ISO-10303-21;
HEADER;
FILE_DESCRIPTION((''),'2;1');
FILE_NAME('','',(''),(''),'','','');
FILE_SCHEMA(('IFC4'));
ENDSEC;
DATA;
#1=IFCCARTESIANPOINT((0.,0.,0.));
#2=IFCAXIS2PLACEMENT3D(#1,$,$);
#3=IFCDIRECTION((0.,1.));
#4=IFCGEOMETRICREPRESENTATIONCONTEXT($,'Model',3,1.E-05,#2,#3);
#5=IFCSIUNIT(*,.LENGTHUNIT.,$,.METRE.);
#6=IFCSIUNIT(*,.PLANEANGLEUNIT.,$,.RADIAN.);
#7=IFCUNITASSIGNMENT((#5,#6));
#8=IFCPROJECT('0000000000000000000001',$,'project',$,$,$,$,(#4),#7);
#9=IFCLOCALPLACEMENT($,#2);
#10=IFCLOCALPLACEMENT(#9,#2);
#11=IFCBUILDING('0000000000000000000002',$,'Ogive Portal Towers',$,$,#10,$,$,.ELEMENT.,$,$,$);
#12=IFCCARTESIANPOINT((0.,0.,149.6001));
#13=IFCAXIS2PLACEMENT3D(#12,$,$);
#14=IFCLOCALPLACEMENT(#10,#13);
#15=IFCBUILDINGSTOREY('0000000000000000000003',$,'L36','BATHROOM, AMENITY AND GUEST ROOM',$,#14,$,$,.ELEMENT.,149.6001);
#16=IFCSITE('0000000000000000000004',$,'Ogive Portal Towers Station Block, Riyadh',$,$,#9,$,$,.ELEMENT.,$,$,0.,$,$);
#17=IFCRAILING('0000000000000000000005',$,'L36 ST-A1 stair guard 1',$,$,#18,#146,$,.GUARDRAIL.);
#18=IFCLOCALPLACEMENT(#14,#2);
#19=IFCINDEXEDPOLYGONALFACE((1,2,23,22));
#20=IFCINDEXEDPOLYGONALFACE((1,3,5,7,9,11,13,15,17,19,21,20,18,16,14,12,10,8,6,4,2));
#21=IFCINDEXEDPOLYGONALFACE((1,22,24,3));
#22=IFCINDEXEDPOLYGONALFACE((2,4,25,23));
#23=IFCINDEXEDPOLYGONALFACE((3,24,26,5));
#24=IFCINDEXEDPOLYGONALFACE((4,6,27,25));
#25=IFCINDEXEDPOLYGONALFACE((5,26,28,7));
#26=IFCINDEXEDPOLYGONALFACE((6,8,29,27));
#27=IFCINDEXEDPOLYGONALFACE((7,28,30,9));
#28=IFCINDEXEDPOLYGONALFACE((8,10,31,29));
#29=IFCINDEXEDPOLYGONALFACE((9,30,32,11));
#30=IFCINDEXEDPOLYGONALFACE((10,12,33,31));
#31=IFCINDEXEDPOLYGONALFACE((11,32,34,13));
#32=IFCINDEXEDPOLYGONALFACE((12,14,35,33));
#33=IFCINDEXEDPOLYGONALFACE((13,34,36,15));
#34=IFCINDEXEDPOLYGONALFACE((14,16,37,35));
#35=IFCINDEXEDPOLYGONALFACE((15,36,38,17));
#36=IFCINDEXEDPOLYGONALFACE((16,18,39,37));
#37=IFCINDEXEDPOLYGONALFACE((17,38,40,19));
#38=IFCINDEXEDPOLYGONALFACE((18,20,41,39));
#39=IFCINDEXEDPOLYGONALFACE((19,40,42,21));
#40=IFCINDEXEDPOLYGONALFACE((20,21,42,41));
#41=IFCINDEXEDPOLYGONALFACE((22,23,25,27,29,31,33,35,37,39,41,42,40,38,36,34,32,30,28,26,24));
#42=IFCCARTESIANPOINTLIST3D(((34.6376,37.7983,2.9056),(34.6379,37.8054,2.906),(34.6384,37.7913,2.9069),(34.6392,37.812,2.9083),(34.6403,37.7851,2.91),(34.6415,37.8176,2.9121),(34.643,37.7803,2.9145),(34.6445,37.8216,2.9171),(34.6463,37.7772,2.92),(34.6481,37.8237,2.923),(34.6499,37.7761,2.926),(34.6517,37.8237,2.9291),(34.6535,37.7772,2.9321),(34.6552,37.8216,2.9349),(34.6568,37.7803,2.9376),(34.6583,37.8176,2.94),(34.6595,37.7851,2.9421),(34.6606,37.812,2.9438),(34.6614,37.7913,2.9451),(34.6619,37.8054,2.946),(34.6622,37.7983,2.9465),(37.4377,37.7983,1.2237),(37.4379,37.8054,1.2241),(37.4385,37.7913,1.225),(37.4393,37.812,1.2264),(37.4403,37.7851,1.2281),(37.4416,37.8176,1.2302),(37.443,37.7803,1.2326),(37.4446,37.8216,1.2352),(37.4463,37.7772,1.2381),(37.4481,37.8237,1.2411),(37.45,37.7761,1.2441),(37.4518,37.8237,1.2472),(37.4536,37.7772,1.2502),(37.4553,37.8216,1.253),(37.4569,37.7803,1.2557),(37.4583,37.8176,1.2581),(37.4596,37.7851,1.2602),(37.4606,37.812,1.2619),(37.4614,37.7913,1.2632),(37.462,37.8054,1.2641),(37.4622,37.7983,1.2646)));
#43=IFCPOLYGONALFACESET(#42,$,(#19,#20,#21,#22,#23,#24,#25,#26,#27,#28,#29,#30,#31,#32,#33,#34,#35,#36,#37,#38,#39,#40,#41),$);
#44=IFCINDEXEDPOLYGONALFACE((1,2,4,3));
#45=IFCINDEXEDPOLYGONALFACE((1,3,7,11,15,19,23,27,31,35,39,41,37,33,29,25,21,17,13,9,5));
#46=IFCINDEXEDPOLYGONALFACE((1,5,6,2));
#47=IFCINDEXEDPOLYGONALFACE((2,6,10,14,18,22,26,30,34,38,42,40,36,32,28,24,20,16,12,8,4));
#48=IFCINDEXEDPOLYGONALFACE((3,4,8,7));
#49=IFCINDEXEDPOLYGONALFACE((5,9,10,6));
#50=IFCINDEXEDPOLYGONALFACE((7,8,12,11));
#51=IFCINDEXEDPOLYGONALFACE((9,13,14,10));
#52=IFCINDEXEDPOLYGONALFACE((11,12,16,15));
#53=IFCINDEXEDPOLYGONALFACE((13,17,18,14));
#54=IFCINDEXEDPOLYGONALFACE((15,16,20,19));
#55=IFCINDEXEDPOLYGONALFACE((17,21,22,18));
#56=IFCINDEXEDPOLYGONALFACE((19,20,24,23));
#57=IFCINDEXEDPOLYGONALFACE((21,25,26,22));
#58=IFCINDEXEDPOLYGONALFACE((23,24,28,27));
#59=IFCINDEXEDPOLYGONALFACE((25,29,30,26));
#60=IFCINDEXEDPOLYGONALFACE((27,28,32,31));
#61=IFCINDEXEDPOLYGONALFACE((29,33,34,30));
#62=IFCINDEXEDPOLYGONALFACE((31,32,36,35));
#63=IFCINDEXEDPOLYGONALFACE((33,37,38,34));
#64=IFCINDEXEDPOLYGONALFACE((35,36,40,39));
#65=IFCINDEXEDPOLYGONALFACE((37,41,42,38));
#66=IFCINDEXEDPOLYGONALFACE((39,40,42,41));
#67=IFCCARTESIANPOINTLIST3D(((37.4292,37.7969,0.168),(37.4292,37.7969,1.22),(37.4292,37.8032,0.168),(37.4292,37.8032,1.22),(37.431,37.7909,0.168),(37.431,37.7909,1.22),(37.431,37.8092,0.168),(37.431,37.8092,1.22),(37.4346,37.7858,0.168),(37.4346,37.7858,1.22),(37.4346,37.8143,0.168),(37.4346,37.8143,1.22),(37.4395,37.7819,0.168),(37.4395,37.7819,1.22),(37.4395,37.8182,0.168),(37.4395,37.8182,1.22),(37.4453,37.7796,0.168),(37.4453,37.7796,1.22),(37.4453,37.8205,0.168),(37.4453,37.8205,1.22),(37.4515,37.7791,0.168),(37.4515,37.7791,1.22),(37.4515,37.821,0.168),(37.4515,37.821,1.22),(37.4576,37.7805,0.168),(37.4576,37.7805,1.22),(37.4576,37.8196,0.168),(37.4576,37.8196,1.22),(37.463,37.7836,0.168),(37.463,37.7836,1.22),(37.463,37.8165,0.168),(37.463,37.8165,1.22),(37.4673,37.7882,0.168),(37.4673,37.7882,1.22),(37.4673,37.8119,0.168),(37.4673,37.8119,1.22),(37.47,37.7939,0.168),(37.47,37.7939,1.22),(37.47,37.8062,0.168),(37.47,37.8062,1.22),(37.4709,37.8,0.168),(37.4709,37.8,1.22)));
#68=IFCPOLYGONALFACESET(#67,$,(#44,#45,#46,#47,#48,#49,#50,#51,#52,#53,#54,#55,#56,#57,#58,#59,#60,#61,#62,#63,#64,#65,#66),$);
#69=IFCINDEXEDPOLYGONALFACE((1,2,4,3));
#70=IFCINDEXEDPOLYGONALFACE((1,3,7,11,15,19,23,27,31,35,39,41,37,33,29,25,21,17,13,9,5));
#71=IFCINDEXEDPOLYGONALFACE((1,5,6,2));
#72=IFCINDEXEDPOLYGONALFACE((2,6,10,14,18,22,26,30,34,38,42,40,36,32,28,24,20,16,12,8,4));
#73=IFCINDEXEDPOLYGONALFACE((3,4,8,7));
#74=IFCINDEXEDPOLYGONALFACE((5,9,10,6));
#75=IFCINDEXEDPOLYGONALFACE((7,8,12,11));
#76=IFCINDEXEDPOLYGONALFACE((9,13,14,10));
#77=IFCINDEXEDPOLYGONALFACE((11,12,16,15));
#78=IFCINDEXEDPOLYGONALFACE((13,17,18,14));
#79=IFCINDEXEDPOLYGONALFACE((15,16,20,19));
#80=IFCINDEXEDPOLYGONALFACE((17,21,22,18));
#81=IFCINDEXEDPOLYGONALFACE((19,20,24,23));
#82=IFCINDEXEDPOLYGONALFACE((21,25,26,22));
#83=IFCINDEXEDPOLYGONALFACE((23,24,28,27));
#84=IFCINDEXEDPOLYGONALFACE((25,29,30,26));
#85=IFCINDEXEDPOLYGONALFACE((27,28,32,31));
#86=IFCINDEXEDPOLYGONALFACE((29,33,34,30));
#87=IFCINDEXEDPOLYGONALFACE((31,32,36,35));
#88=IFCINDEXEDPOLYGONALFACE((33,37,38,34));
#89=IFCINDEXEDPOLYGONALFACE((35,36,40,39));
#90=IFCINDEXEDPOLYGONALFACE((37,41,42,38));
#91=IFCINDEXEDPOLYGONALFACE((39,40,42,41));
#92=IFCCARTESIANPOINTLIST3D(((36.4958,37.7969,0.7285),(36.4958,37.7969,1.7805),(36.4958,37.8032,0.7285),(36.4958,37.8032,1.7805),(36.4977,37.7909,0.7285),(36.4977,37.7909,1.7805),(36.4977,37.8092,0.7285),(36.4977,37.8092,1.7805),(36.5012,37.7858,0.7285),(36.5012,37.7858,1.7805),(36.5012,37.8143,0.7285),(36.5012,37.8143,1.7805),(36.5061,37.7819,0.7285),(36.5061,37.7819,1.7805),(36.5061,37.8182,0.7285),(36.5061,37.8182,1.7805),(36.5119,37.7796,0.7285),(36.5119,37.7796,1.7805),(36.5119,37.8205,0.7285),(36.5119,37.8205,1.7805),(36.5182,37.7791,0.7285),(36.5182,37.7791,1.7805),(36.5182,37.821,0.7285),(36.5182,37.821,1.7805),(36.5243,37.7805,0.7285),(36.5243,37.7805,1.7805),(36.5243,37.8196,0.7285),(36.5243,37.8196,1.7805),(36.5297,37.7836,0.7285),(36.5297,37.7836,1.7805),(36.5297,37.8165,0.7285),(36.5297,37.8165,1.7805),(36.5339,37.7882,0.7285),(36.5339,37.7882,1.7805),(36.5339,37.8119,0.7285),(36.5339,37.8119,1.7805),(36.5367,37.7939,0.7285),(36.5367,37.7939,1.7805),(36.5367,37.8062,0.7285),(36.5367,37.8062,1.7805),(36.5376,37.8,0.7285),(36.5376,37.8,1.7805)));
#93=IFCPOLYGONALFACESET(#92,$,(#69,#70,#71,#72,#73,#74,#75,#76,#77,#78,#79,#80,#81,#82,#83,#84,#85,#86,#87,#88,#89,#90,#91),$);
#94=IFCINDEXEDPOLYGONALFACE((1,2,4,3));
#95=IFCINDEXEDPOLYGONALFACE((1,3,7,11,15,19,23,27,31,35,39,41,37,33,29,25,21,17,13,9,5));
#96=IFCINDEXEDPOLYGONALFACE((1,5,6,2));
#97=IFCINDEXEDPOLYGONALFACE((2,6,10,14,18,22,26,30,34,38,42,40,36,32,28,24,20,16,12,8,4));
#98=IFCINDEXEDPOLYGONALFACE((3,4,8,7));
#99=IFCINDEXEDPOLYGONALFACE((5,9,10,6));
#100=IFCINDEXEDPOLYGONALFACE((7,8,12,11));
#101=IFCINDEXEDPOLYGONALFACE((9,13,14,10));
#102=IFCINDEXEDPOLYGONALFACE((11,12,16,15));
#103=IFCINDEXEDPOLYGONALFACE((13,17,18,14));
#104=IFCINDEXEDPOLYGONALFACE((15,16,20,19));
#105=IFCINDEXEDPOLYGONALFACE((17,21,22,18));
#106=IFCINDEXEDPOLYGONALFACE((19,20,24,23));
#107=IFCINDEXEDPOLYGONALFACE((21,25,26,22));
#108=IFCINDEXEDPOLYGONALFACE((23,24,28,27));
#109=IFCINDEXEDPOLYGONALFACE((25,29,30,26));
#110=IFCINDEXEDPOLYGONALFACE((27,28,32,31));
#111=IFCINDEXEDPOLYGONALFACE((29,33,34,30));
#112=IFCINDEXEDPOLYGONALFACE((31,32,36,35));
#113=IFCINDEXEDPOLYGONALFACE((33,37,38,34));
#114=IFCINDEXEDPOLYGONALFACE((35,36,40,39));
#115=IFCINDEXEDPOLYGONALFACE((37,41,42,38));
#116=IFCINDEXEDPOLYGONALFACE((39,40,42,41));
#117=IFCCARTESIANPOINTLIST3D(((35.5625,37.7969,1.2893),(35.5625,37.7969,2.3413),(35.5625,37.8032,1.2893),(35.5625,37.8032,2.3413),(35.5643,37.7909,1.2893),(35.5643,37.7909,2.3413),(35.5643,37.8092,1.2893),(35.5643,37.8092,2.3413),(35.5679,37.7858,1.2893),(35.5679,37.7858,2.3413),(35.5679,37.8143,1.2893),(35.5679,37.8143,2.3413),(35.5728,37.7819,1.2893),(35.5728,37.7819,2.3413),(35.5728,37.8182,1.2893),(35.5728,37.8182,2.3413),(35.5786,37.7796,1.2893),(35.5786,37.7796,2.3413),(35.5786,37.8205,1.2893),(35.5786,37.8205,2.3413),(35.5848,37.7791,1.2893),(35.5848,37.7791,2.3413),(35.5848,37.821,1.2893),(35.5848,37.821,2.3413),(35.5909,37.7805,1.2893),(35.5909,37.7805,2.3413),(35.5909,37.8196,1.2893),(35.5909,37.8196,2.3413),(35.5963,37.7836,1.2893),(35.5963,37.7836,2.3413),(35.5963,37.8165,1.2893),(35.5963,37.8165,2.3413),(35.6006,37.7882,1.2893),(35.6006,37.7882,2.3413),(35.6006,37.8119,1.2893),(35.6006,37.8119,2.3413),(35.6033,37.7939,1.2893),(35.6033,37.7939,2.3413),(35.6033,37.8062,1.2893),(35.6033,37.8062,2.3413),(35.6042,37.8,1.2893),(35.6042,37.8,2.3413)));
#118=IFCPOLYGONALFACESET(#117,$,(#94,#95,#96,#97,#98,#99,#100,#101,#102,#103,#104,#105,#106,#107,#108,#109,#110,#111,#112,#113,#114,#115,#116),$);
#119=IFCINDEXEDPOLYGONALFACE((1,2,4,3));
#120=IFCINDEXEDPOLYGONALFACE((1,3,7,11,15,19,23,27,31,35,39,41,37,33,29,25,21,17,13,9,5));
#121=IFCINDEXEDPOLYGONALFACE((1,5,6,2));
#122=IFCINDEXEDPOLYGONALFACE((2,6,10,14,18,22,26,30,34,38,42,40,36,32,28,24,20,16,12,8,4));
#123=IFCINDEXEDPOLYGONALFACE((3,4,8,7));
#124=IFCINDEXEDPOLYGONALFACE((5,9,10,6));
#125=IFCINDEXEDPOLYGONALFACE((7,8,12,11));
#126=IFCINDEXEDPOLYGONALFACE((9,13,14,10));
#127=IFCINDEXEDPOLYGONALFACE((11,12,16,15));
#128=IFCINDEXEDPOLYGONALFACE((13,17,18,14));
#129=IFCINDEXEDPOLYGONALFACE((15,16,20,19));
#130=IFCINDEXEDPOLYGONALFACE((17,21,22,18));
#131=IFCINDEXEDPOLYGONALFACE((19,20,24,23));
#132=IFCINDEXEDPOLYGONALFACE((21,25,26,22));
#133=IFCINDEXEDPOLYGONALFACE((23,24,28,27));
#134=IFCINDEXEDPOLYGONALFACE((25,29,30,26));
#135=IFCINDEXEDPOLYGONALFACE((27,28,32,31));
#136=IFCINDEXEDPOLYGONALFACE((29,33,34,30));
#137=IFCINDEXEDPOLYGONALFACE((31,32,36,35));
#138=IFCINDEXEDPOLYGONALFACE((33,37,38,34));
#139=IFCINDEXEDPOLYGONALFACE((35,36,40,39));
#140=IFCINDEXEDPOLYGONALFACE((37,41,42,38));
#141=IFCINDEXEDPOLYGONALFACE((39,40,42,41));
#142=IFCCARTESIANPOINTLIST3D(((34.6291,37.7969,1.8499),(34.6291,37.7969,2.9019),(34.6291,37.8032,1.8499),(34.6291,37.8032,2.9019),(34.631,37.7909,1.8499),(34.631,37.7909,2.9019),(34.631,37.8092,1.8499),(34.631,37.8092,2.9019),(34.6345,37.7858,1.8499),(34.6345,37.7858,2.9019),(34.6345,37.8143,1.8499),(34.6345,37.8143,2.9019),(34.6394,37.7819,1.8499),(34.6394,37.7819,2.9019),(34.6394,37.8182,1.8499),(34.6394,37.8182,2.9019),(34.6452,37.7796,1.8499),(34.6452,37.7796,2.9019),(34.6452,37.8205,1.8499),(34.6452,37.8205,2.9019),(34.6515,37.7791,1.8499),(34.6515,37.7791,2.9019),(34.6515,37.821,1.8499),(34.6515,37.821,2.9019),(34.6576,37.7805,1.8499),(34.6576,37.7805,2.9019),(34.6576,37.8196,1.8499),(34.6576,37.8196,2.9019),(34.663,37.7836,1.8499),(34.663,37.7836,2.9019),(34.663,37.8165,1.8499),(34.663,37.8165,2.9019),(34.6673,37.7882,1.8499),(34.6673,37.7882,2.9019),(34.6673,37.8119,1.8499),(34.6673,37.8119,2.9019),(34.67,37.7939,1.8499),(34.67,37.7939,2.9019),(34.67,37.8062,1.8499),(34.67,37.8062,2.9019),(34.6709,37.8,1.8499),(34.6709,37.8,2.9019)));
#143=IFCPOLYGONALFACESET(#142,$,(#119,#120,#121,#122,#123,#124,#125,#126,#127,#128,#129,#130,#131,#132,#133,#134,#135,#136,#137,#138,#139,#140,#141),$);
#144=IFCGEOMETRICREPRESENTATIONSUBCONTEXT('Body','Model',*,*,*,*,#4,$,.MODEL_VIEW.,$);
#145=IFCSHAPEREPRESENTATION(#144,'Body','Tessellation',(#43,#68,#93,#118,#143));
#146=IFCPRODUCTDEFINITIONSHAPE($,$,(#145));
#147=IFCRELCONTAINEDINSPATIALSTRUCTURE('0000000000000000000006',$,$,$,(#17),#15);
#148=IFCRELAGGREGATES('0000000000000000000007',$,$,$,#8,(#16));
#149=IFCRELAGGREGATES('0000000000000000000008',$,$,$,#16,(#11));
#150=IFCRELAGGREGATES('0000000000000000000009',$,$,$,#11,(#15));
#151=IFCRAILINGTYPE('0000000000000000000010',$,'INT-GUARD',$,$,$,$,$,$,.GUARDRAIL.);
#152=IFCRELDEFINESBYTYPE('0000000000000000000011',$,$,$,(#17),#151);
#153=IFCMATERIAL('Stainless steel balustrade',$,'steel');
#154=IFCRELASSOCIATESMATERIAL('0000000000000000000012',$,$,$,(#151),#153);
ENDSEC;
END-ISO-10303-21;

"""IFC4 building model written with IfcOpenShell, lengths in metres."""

from ifc_helpers import new_model, si_unit, direction, frame, origin, origin_2d, place, context, subcontext, project, spatial, circle, extrude, material, type_object, element, save


model = new_model("IFC4")

# Units and contexts
model_context = context("Model", 3, precision=1e-05, world=origin(), true_north=direction((0.0, 1.0)))
body_context = subcontext(model_context, "Body", "Model", "MODEL_VIEW")
ifc_project = project(units=[si_unit("LENGTHUNIT", "METRE"), si_unit("PLANEANGLEUNIT", "RADIAN")], contexts=[model_context])

# Site, building, storey
site_placement = place(None, origin())
site = spatial("IfcSite", under=ifc_project, at=site_placement, Name="Ogive Portal Towers Station Block, Riyadh", CompositionType="ELEMENT", RefElevation=0.0)
building_placement = place(site_placement, origin())
building = spatial("IfcBuilding", under=site, at=building_placement, Name="Ogive Portal Towers", CompositionType="ELEMENT")
storey_placement = place(building_placement, frame((0.0, 0.0, 149.6001)))
storey = spatial("IfcBuildingStorey", under=building, at=storey_placement, Name="L36", Description="BATHROOM, AMENITY AND GUEST ROOM", CompositionType="ELEMENT", Elevation=149.6001)

# Railing
ifc_material_1 = material(Name="Stainless steel balustrade", Category="steel")
railing_type_1 = type_object("IfcRailingType", Name="INT-GUARD", PredefinedType="GUARDRAIL", material=ifc_material_1)
railing_1_placement = place(storey_placement, frame((37.45, 37.8, 0.168)))
element("IfcRailing", 1, at=railing_1_placement, inside=storey, type_object=railing_type_1, Name="L36 ST-A1 stair guard 1", PredefinedType="GUARDRAIL", context=body_context, shape_type="SweptSolid", body=[
    extrude(circle(Radius=0.0239, at=origin_2d()), frame((0.0, 0.0, 1.0762), z_axis=(-0.857242, 0.0, 0.514913), x_axis=(0.0, -1.0, 0.0)), (0.0, 0.0, 1.0), 3.2664),
    extrude(circle(Radius=0.021, at=origin_2d()), origin(), (0.0, 0.0, 1.0), 1.052),
    extrude(circle(Radius=0.021, at=origin_2d()), frame((-0.9333, 0.0, 0.5605)), (0.0, 0.0, 1.0), 1.052),
    extrude(circle(Radius=0.021, at=origin_2d()), frame((-1.8667, 0.0, 1.1213)), (0.0, 0.0, 1.0), 1.052),
    extrude(circle(Radius=0.021, at=origin_2d()), frame((-2.8, 0.0, 1.6819)), (0.0, 0.0, 1.0), 1.052),
])

save(model, "model.ifc")
